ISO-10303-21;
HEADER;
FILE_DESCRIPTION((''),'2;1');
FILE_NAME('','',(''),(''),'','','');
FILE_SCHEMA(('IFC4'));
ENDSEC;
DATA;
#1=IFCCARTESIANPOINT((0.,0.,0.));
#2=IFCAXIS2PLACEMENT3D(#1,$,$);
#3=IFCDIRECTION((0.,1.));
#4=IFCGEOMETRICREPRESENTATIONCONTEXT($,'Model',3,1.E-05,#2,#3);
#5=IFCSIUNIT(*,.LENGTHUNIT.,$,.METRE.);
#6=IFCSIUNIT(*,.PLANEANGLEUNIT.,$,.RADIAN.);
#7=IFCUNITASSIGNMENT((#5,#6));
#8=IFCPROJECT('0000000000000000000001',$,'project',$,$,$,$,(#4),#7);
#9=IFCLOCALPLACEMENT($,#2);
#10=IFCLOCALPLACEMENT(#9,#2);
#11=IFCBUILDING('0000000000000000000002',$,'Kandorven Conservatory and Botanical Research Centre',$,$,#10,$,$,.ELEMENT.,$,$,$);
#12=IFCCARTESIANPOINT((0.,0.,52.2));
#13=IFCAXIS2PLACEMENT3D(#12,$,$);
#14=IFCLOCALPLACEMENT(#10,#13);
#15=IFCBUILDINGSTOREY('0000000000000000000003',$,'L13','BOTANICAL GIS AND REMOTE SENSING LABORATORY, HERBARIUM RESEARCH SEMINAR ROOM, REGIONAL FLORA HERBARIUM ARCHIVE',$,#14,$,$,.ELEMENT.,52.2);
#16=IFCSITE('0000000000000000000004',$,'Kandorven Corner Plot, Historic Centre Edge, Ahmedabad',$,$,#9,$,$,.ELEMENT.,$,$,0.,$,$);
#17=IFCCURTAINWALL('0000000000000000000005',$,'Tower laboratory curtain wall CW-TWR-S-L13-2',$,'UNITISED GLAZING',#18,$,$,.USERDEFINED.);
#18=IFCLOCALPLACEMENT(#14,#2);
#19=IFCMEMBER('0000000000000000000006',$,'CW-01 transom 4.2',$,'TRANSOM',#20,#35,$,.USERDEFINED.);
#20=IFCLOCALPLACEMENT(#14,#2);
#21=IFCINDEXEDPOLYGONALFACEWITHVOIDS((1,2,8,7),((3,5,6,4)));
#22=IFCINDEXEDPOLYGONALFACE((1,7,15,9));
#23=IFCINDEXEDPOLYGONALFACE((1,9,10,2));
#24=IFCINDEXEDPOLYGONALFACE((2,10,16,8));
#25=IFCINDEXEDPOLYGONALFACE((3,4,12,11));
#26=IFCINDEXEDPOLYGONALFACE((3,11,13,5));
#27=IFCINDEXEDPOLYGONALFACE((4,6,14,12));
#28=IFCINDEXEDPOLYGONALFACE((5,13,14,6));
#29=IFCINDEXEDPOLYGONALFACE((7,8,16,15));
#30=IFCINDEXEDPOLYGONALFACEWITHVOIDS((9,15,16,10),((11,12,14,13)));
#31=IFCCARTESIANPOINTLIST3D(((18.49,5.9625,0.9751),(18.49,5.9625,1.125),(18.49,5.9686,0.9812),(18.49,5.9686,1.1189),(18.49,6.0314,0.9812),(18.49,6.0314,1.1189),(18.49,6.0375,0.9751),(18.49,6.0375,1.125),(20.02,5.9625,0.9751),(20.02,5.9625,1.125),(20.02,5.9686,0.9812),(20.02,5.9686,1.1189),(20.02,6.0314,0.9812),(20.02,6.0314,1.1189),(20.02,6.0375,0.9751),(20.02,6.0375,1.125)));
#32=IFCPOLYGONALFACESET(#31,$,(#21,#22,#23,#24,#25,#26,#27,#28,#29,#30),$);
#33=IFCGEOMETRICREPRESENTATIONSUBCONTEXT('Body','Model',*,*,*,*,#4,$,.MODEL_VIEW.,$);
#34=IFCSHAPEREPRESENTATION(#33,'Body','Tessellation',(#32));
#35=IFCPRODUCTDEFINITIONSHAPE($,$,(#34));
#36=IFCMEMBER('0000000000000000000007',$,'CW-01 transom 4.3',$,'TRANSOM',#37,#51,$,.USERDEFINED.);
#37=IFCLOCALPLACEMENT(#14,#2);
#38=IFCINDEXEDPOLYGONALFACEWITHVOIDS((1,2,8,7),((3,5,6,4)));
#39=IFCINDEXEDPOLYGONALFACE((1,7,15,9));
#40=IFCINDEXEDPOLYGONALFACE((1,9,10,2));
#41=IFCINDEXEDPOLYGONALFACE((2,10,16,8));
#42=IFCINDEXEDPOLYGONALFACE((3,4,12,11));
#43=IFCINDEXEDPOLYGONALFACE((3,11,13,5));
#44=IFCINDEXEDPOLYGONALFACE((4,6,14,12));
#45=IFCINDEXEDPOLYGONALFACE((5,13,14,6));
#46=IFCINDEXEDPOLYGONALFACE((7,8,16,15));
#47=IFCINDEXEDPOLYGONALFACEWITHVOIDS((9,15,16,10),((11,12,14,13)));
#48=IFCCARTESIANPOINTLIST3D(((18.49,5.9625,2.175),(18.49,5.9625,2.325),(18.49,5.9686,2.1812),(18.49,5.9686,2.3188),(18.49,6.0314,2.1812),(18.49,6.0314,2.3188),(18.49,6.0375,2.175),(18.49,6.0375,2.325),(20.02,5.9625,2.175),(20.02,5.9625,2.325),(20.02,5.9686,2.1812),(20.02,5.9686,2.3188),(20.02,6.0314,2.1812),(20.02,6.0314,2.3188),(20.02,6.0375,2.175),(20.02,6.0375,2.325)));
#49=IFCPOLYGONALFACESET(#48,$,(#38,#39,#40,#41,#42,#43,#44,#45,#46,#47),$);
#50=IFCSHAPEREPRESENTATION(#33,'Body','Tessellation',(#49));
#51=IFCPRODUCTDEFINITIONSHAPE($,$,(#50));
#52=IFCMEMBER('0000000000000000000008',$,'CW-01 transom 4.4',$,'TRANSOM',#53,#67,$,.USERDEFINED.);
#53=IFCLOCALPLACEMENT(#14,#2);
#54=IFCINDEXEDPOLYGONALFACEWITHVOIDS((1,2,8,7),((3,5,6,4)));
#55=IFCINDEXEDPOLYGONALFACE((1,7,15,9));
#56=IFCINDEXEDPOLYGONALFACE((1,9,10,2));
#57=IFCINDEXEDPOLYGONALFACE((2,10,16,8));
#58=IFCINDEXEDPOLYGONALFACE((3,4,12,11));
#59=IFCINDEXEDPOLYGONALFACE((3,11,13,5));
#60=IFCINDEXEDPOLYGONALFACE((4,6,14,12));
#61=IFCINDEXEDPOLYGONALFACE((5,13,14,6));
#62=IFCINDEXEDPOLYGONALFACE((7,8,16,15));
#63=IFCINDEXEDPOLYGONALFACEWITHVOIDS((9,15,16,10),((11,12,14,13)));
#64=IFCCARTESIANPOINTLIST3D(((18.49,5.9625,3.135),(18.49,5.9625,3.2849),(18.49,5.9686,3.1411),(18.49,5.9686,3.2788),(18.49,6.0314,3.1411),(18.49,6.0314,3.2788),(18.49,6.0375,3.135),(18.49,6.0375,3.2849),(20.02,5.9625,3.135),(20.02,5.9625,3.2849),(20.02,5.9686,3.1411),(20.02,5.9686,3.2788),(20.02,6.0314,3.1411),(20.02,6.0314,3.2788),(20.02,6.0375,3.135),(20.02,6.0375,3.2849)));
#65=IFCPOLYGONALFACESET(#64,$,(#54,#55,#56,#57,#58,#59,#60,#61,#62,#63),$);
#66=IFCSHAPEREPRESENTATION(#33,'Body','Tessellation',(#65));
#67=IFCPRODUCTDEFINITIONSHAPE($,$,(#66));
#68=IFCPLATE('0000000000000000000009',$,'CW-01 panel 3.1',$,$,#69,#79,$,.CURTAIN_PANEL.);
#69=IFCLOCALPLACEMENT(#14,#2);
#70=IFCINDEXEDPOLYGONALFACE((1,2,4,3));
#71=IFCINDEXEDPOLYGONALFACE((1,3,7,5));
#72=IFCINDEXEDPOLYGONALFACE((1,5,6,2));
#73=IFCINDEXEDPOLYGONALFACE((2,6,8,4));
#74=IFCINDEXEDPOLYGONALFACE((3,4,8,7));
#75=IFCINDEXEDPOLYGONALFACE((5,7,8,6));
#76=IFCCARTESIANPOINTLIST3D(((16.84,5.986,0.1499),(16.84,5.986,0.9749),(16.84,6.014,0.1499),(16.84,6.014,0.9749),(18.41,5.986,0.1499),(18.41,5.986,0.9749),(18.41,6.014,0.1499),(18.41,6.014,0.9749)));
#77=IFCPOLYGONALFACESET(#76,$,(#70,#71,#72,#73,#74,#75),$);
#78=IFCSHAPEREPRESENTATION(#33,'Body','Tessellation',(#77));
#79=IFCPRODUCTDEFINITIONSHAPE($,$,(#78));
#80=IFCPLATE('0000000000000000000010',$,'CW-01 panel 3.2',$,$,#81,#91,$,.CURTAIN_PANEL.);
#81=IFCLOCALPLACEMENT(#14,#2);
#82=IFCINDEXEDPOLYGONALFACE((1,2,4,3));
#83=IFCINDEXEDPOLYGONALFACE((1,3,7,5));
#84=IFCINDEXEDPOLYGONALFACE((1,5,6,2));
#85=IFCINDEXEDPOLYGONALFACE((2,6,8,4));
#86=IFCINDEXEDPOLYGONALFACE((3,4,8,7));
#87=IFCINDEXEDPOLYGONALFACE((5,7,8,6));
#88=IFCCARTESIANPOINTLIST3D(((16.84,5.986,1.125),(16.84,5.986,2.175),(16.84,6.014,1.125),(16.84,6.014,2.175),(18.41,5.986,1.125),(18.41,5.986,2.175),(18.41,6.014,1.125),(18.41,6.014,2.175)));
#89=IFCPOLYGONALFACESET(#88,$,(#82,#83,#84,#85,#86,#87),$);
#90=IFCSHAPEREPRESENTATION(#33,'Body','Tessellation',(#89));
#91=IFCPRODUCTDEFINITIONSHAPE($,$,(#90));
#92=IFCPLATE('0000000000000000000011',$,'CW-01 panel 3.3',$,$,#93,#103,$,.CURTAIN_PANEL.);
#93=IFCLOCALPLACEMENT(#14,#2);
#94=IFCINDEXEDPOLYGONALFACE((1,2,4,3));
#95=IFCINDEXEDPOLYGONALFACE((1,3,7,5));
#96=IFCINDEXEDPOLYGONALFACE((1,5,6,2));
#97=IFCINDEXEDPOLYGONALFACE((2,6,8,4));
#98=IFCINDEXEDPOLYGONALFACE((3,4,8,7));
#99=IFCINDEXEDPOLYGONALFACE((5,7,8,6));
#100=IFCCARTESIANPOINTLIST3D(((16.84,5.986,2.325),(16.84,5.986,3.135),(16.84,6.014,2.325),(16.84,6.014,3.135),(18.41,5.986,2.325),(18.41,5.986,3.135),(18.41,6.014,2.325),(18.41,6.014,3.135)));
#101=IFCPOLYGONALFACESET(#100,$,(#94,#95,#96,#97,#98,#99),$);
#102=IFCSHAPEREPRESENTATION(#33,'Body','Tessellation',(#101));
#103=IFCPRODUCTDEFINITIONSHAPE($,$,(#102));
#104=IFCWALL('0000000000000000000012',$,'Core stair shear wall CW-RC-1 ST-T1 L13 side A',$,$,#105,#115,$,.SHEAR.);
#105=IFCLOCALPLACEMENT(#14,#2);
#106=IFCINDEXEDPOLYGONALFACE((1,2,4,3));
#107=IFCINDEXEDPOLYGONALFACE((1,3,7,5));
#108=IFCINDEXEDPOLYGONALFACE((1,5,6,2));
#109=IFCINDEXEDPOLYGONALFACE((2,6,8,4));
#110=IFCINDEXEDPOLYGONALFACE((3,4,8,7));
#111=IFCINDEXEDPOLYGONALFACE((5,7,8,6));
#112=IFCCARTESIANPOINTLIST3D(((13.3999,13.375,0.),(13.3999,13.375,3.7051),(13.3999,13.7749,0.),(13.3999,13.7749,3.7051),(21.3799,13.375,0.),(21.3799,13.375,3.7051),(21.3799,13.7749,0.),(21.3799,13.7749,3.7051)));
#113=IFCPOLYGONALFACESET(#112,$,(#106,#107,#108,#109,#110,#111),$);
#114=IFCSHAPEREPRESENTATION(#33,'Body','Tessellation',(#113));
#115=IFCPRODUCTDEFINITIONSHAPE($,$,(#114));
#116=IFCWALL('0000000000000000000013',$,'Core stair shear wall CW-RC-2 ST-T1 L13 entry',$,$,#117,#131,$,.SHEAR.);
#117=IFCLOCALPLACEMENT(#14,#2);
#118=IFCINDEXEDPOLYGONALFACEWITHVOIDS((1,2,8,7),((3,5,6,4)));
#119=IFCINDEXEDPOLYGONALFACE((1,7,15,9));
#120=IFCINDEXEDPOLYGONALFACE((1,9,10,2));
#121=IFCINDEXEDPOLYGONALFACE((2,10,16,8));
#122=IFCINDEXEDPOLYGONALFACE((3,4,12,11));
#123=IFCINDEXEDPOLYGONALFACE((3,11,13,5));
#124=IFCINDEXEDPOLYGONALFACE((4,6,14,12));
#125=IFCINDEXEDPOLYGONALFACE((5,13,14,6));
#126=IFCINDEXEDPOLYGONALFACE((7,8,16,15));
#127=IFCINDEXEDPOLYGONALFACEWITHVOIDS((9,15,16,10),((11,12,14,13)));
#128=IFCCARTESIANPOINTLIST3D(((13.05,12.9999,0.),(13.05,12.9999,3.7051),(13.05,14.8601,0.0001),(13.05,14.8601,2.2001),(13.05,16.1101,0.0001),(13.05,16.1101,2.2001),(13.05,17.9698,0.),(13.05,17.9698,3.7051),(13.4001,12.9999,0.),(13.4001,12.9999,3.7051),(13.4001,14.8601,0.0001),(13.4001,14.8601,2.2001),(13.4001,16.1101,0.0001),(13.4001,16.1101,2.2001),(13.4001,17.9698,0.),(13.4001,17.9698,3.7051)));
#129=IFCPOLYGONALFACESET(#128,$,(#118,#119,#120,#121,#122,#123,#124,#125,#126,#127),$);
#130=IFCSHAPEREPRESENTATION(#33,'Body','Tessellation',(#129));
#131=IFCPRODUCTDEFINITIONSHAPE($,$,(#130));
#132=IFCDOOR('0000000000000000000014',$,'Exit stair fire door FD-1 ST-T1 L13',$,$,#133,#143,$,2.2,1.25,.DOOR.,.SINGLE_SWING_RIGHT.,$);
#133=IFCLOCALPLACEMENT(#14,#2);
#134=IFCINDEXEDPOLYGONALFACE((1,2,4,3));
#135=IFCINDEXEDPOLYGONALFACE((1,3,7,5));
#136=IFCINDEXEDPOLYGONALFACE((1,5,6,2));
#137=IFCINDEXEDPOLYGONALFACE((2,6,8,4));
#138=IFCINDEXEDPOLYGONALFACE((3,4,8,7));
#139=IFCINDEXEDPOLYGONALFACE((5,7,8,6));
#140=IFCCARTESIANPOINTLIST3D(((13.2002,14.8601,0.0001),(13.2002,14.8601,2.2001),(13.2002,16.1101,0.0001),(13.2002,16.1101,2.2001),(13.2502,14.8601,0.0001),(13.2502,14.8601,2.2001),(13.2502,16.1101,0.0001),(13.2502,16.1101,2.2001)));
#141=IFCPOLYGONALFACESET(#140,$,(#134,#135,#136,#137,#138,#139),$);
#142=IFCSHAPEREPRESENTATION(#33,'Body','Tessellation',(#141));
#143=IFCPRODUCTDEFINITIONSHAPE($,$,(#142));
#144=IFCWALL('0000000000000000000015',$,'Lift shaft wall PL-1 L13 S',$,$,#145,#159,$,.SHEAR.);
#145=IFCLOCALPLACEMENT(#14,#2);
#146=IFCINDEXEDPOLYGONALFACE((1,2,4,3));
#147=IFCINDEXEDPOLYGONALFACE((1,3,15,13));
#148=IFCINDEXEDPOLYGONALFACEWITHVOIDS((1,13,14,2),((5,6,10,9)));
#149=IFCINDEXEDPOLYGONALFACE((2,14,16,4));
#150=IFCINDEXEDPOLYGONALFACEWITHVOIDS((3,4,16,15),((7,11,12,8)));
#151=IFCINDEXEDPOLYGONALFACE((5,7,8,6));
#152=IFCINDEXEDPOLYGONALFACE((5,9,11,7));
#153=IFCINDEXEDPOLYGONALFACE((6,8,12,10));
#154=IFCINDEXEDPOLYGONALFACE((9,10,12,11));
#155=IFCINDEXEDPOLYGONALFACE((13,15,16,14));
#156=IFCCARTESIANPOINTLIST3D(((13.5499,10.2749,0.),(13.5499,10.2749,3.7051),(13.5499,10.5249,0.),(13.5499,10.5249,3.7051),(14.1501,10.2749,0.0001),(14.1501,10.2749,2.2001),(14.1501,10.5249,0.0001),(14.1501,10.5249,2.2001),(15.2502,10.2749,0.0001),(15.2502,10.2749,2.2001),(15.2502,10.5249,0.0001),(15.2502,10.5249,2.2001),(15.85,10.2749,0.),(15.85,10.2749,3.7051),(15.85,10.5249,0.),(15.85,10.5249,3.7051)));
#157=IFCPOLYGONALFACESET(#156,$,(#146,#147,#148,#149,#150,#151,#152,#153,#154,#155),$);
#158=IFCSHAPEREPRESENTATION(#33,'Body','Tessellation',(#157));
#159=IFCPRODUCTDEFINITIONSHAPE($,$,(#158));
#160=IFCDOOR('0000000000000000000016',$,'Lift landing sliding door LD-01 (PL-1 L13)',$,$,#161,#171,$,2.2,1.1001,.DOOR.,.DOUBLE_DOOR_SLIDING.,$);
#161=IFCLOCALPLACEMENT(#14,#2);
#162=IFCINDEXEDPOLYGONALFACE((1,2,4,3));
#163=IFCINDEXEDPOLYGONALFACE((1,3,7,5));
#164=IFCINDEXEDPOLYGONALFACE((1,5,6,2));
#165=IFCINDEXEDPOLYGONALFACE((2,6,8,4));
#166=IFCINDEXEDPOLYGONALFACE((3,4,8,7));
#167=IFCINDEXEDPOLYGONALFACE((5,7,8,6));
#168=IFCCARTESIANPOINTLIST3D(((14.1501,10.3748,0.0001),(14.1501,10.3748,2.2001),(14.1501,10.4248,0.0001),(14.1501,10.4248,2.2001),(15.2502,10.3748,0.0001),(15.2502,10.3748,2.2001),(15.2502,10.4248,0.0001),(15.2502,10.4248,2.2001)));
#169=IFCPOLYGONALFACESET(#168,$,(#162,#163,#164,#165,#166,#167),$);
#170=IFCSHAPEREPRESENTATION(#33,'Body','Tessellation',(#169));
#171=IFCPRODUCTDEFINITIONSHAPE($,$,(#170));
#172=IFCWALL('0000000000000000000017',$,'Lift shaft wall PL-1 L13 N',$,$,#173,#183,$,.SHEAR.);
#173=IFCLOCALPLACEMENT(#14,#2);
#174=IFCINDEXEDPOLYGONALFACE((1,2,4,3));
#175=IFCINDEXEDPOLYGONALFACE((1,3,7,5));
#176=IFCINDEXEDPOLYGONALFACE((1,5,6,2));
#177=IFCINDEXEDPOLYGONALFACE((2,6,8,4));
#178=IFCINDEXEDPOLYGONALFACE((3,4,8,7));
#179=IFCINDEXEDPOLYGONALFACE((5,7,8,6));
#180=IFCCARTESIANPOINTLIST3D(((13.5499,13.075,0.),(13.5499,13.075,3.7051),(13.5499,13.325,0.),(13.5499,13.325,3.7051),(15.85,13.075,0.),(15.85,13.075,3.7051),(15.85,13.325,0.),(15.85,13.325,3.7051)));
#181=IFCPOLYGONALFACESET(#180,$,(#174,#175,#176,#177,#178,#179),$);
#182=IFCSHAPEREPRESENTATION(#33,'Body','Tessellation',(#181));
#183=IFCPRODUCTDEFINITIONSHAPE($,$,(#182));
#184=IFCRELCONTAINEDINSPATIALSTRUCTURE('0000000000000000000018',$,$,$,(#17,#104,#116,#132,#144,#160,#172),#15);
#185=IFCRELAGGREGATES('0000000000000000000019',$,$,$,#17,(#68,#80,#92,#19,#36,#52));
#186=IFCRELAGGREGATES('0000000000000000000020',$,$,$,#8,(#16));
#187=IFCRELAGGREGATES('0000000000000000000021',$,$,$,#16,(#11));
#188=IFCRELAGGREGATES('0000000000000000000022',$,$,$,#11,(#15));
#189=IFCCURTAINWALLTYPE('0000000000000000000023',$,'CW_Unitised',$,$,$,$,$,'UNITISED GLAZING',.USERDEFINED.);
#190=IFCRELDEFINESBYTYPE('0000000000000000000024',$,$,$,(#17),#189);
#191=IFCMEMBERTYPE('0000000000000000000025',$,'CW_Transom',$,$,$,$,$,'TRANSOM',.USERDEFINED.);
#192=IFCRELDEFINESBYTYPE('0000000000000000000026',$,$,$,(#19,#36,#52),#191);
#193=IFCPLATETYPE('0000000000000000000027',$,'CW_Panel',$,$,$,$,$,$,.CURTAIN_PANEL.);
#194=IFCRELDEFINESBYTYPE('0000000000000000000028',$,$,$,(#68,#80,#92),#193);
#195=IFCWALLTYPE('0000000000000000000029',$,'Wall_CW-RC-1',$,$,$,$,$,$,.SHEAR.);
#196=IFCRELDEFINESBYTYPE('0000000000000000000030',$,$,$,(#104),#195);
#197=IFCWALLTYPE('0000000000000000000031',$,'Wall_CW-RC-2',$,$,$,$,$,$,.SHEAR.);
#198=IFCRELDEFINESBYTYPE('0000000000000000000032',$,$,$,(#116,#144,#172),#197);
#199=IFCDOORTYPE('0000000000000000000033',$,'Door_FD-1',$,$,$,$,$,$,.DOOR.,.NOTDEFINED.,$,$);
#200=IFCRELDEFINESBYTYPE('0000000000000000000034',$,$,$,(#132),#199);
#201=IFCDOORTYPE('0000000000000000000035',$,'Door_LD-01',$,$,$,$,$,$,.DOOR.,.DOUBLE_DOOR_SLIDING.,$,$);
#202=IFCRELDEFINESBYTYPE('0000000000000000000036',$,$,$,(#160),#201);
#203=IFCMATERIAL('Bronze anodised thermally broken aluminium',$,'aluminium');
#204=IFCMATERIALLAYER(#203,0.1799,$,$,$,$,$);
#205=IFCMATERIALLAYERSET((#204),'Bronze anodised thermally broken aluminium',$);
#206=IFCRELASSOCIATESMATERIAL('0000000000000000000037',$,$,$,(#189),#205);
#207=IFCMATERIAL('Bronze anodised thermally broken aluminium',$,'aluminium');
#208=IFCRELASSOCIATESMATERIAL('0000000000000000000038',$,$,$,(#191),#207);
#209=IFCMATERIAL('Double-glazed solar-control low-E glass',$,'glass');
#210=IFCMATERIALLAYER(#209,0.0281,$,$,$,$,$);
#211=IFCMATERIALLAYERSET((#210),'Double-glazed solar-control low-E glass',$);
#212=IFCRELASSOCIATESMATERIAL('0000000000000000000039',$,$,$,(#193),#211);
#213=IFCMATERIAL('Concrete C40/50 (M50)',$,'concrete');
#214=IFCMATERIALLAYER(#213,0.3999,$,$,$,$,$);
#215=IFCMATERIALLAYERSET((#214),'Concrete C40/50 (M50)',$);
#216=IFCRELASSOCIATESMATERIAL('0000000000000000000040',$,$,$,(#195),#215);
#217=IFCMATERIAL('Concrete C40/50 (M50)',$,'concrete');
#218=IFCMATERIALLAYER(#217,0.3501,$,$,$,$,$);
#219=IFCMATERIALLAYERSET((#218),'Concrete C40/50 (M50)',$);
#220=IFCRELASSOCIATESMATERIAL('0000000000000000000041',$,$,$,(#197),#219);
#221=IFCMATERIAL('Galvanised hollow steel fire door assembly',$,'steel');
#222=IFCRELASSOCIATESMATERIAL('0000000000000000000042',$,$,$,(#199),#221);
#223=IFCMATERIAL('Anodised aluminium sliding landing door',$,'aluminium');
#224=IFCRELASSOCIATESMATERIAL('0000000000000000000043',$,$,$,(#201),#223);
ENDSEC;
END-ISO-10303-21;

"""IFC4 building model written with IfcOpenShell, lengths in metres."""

from ifc_helpers import new_model, si_unit, direction, frame, frame_2d, origin, origin_2d, place, context, subcontext, project, spatial, rectangle, hollow_rectangle, extrude, material, layer, layer_set, material_profile, profile_set, type_object, element, fill, aggregate, save


model = new_model("IFC4")

# Units and contexts
model_context = context("Model", 3, precision=1e-05, world=origin(), true_north=direction((0.0, 1.0)))
body_context = subcontext(model_context, "Body", "Model", "MODEL_VIEW")
ifc_project = project(units=[si_unit("LENGTHUNIT", "METRE"), si_unit("PLANEANGLEUNIT", "RADIAN")], contexts=[model_context])

# Site, building, storey
site_placement = place(None, origin())
site = spatial("IfcSite", under=ifc_project, at=site_placement, Name="Kandorven Corner Plot, Historic Centre Edge, Ahmedabad", CompositionType="ELEMENT", RefElevation=0.0)
building_placement = place(site_placement, origin())
building = spatial("IfcBuilding", under=site, at=building_placement, Name="Kandorven Conservatory and Botanical Research Centre", CompositionType="ELEMENT")
storey_placement = place(building_placement, frame((0.0, 0.0, 52.2)))
storey = spatial("IfcBuildingStorey", under=building, at=storey_placement, Name="L13", Description="BOTANICAL GIS AND REMOTE SENSING LABORATORY, HERBARIUM RESEARCH SEMINAR ROOM, REGIONAL FLORA HERBARIUM ARCHIVE", CompositionType="ELEMENT", Elevation=52.2)

# Curtain wall, members, plates
ifc_material_1 = material(Name="Bronze anodised thermally broken aluminium", Category="aluminium")
ifc_layer_1 = layer(ifc_material_1, 0.1799)
ifc_layer_set_1 = layer_set([ifc_layer_1], Name="Bronze anodised thermally broken aluminium")
curtain_wall_type = type_object("IfcCurtainWallType", Name="CW_Unitised", ElementType="UNITISED GLAZING", PredefinedType="USERDEFINED", material=ifc_layer_set_1)
curtain_wall_placement = place(storey_placement, origin())
curtain_wall = element("IfcCurtainWall", 1, at=curtain_wall_placement, inside=storey, type_object=curtain_wall_type, Name="Tower laboratory curtain wall CW-TWR-S-L13-2", ObjectType="UNITISED GLAZING", PredefinedType="USERDEFINED")
ifc_material_2 = material(Name="Bronze anodised thermally broken aluminium", Category="aluminium")
ifc_material_profile_1 = material_profile(ifc_material_2, hollow_rectangle(XDim=0.075, YDim=0.1499, WallThickness=0.0061, at=origin_2d()))
ifc_profile_set_1 = profile_set([ifc_material_profile_1], Name="Bronze anodised thermally broken aluminium")
member_type_1 = type_object("IfcMemberType", Name="CW_Transom", ElementType="TRANSOM", PredefinedType="USERDEFINED", material=ifc_profile_set_1)
member_1_placement = place(storey_placement, frame((18.49, 6.0, 1.05), z_axis=(1.0, 0.0, 0.0), x_axis=(0.0, 1.0, 0.0)))
member_1 = element("IfcMember", 2, at=member_1_placement, type_object=member_type_1, Name="CW-01 transom 4.2", ObjectType="TRANSOM", PredefinedType="USERDEFINED", context=body_context, shape_type="SweptSolid", body=[
    extrude(hollow_rectangle(XDim=0.075, YDim=0.1499, WallThickness=0.0061, at=origin_2d()), origin(), (0.0, 0.0, 1.0), 1.53),
])
member_2_placement = place(storey_placement, frame((18.49, 6.0, 2.25), z_axis=(1.0, 0.0, 0.0), x_axis=(0.0, 1.0, 0.0)))
member_2 = element("IfcMember", 3, at=member_2_placement, type_object=member_type_1, Name="CW-01 transom 4.3", ObjectType="TRANSOM", PredefinedType="USERDEFINED", context=body_context, shape_type="SweptSolid", body=[
    extrude(hollow_rectangle(XDim=0.075, YDim=0.1499, WallThickness=0.0061, at=origin_2d()), origin(), (0.0, 0.0, 1.0), 1.53),
])
member_3_placement = place(storey_placement, frame((18.49, 6.0, 3.21), z_axis=(1.0, 0.0, 0.0), x_axis=(0.0, 1.0, 0.0)))
member_3 = element("IfcMember", 4, at=member_3_placement, type_object=member_type_1, Name="CW-01 transom 4.4", ObjectType="TRANSOM", PredefinedType="USERDEFINED", context=body_context, shape_type="SweptSolid", body=[
    extrude(hollow_rectangle(XDim=0.075, YDim=0.1499, WallThickness=0.0061, at=origin_2d()), origin(), (0.0, 0.0, 1.0), 1.53),
])
ifc_material_3 = material(Name="Double-glazed solar-control low-E glass", Category="glass")
ifc_layer_2 = layer(ifc_material_3, 0.0281)
ifc_layer_set_2 = layer_set([ifc_layer_2], Name="Double-glazed solar-control low-E glass")
plate_type = type_object("IfcPlateType", Name="CW_Panel", PredefinedType="CURTAIN_PANEL", material=ifc_layer_set_2)
plate_1_placement = place(storey_placement, frame((17.625, 6.0, 0.1499), z_axis=(0.0, 0.0, 1.0), x_axis=(1.0, 0.0, 0.0)))
plate_1 = element("IfcPlate", 5, at=plate_1_placement, type_object=plate_type, Name="CW-01 panel 3.1", PredefinedType="CURTAIN_PANEL", context=body_context, shape_type="SweptSolid", body=[
    extrude(rectangle(XDim=1.5701, YDim=0.0281, at=origin_2d()), origin(), (0.0, 0.0, 1.0), 0.825),
])
plate_2_placement = place(storey_placement, frame((17.625, 6.0, 1.125), z_axis=(0.0, 0.0, 1.0), x_axis=(1.0, 0.0, 0.0)))
plate_2 = element("IfcPlate", 6, at=plate_2_placement, type_object=plate_type, Name="CW-01 panel 3.2", PredefinedType="CURTAIN_PANEL", context=body_context, shape_type="SweptSolid", body=[
    extrude(rectangle(XDim=1.5701, YDim=0.0281, at=origin_2d()), origin(), (0.0, 0.0, 1.0), 1.05),
])
plate_3_placement = place(storey_placement, frame((17.625, 6.0, 2.325), z_axis=(0.0, 0.0, 1.0), x_axis=(1.0, 0.0, 0.0)))
plate_3 = element("IfcPlate", 7, at=plate_3_placement, type_object=plate_type, Name="CW-01 panel 3.3", PredefinedType="CURTAIN_PANEL", context=body_context, shape_type="SweptSolid", body=[
    extrude(rectangle(XDim=1.5701, YDim=0.0281, at=origin_2d()), origin(), (0.0, 0.0, 1.0), 0.8101),
])
aggregate(curtain_wall, [plate_1, plate_2, plate_3, member_1, member_2, member_3])

# Wall
ifc_material_4 = material(Name="Concrete C40/50 (M50)", Category="concrete")
ifc_layer_3 = layer(ifc_material_4, 0.3999)
ifc_layer_set_3 = layer_set([ifc_layer_3], Name="Concrete C40/50 (M50)")
wall_type_1 = type_object("IfcWallType", Name="Wall_CW-RC-1", PredefinedType="SHEAR", material=ifc_layer_set_3)
wall_1_placement = place(storey_placement, frame((13.3999, 13.575, 0.0), z_axis=(0.0, 0.0, 1.0), x_axis=(1.0, 0.0, 0.0)))
element("IfcWall", 8, at=wall_1_placement, inside=storey, type_object=wall_type_1, Name="Core stair shear wall CW-RC-1 ST-T1 L13 side A", PredefinedType="SHEAR", context=body_context, shape_type="SweptSolid", body=[
    extrude(rectangle(XDim=7.98, YDim=0.3999, at=frame_2d((3.99, 0.0))), origin(), (0.0, 0.0, 1.0), 3.7051),
])

# Walls, openings, doors
ifc_material_5 = material(Name="Concrete C40/50 (M50)", Category="concrete")
ifc_layer_4 = layer(ifc_material_5, 0.3501)
ifc_layer_set_4 = layer_set([ifc_layer_4], Name="Concrete C40/50 (M50)")
wall_type_2 = type_object("IfcWallType", Name="Wall_CW-RC-2", PredefinedType="SHEAR", material=ifc_layer_set_4)
wall_2_placement = place(storey_placement, frame((13.2251, 13.0, 0.0), z_axis=(0.0, 0.0, 1.0), x_axis=(0.0, 1.0, 0.0)))
wall_2 = element("IfcWall", 9, at=wall_2_placement, inside=storey, type_object=wall_type_2, Name="Core stair shear wall CW-RC-2 ST-T1 L13 entry", PredefinedType="SHEAR", context=body_context, shape_type="SweptSolid", body=[
    extrude(rectangle(XDim=4.97, YDim=0.3501, at=frame_2d((2.4849, 0.0))), origin(), (0.0, 0.0, 1.0), 3.7051),
])
opening_1_placement = place(wall_2_placement, frame((1.8601, 0.0, 0.0)))
opening_1 = element("IfcOpeningElement", 10, at=opening_1_placement, cuts=wall_2, PredefinedType="OPENING", context=body_context, shape_type="SweptSolid", body=[
    extrude(rectangle(XDim=1.25, YDim=2.2, at=frame_2d((0.625, 1.1001))), frame((0.0, 0.1851, 0.0), z_axis=(0.0, -1.0, 0.0), x_axis=(1.0, 0.0, 0.0)), (0.0, 0.0, 1.0), 0.3701),
])
ifc_material_6 = material(Name="Galvanised hollow steel fire door assembly", Category="steel")
door_type_1 = type_object("IfcDoorType", Name="Door_FD-1", OperationType="NOTDEFINED", PredefinedType="DOOR", material=ifc_material_6)
door_1_placement = place(opening_1_placement, origin())
door_1 = element("IfcDoor", 11, at=door_1_placement, inside=storey, type_object=door_type_1, Name="Exit stair fire door FD-1 ST-T1 L13", OperationType="SINGLE_SWING_RIGHT", OverallHeight=2.2, OverallWidth=1.25, PredefinedType="DOOR", context=body_context, shape_type="SweptSolid", body=[
    extrude(rectangle(XDim=1.25, YDim=2.2, at=frame_2d((0.625, 1.1001))), frame((0.0, 0.0249, 0.0), z_axis=(0.0, -1.0, 0.0), x_axis=(1.0, 0.0, 0.0)), (0.0, 0.0, 1.0), 0.05),
])
fill(opening_1, door_1)
wall_3_placement = place(storey_placement, frame((13.55, 10.3999, 0.0), z_axis=(0.0, 0.0, 1.0), x_axis=(1.0, 0.0, 0.0)))
wall_3 = element("IfcWall", 12, at=wall_3_placement, inside=storey, type_object=wall_type_2, Name="Lift shaft wall PL-1 L13 S", PredefinedType="SHEAR", context=body_context, shape_type="SweptSolid", body=[
    extrude(rectangle(XDim=2.3, YDim=0.25, at=frame_2d((1.1499, 0.0))), origin(), (0.0, 0.0, 1.0), 3.7051),
])
opening_2_placement = place(wall_3_placement, frame((0.6001, 0.0, 0.0)))
opening_2 = element("IfcOpeningElement", 13, at=opening_2_placement, cuts=wall_3, PredefinedType="OPENING", context=body_context, shape_type="SweptSolid", body=[
    extrude(rectangle(XDim=1.1001, YDim=2.2, at=frame_2d((0.55, 1.1001))), frame((0.0, 0.135, 0.0), z_axis=(0.0, -1.0, 0.0), x_axis=(1.0, 0.0, 0.0)), (0.0, 0.0, 1.0), 0.27),
])
ifc_material_7 = material(Name="Anodised aluminium sliding landing door", Category="aluminium")
door_type_2 = type_object("IfcDoorType", Name="Door_LD-01", OperationType="DOUBLE_DOOR_SLIDING", PredefinedType="DOOR", material=ifc_material_7)
door_2_placement = place(opening_2_placement, origin())
door_2 = element("IfcDoor", 14, at=door_2_placement, inside=storey, type_object=door_type_2, Name="Lift landing sliding door LD-01 (PL-1 L13)", OperationType="DOUBLE_DOOR_SLIDING", OverallHeight=2.2, OverallWidth=1.1001, PredefinedType="DOOR", context=body_context, shape_type="SweptSolid", body=[
    extrude(rectangle(XDim=1.1001, YDim=2.2, at=frame_2d((0.55, 1.1001))), frame((0.0, 0.0249, 0.0), z_axis=(0.0, -1.0, 0.0), x_axis=(1.0, 0.0, 0.0)), (0.0, 0.0, 1.0), 0.05),
])
fill(opening_2, door_2)

# Wall
wall_4_placement = place(storey_placement, frame((13.55, 13.2, 0.0), z_axis=(0.0, 0.0, 1.0), x_axis=(1.0, 0.0, 0.0)))
element("IfcWall", 15, at=wall_4_placement, inside=storey, type_object=wall_type_2, Name="Lift shaft wall PL-1 L13 N", PredefinedType="SHEAR", context=body_context, shape_type="SweptSolid", body=[
    extrude(rectangle(XDim=2.3, YDim=0.25, at=frame_2d((1.1499, 0.0))), origin(), (0.0, 0.0, 1.0), 3.7051),
])

save(model, "model.ifc")
